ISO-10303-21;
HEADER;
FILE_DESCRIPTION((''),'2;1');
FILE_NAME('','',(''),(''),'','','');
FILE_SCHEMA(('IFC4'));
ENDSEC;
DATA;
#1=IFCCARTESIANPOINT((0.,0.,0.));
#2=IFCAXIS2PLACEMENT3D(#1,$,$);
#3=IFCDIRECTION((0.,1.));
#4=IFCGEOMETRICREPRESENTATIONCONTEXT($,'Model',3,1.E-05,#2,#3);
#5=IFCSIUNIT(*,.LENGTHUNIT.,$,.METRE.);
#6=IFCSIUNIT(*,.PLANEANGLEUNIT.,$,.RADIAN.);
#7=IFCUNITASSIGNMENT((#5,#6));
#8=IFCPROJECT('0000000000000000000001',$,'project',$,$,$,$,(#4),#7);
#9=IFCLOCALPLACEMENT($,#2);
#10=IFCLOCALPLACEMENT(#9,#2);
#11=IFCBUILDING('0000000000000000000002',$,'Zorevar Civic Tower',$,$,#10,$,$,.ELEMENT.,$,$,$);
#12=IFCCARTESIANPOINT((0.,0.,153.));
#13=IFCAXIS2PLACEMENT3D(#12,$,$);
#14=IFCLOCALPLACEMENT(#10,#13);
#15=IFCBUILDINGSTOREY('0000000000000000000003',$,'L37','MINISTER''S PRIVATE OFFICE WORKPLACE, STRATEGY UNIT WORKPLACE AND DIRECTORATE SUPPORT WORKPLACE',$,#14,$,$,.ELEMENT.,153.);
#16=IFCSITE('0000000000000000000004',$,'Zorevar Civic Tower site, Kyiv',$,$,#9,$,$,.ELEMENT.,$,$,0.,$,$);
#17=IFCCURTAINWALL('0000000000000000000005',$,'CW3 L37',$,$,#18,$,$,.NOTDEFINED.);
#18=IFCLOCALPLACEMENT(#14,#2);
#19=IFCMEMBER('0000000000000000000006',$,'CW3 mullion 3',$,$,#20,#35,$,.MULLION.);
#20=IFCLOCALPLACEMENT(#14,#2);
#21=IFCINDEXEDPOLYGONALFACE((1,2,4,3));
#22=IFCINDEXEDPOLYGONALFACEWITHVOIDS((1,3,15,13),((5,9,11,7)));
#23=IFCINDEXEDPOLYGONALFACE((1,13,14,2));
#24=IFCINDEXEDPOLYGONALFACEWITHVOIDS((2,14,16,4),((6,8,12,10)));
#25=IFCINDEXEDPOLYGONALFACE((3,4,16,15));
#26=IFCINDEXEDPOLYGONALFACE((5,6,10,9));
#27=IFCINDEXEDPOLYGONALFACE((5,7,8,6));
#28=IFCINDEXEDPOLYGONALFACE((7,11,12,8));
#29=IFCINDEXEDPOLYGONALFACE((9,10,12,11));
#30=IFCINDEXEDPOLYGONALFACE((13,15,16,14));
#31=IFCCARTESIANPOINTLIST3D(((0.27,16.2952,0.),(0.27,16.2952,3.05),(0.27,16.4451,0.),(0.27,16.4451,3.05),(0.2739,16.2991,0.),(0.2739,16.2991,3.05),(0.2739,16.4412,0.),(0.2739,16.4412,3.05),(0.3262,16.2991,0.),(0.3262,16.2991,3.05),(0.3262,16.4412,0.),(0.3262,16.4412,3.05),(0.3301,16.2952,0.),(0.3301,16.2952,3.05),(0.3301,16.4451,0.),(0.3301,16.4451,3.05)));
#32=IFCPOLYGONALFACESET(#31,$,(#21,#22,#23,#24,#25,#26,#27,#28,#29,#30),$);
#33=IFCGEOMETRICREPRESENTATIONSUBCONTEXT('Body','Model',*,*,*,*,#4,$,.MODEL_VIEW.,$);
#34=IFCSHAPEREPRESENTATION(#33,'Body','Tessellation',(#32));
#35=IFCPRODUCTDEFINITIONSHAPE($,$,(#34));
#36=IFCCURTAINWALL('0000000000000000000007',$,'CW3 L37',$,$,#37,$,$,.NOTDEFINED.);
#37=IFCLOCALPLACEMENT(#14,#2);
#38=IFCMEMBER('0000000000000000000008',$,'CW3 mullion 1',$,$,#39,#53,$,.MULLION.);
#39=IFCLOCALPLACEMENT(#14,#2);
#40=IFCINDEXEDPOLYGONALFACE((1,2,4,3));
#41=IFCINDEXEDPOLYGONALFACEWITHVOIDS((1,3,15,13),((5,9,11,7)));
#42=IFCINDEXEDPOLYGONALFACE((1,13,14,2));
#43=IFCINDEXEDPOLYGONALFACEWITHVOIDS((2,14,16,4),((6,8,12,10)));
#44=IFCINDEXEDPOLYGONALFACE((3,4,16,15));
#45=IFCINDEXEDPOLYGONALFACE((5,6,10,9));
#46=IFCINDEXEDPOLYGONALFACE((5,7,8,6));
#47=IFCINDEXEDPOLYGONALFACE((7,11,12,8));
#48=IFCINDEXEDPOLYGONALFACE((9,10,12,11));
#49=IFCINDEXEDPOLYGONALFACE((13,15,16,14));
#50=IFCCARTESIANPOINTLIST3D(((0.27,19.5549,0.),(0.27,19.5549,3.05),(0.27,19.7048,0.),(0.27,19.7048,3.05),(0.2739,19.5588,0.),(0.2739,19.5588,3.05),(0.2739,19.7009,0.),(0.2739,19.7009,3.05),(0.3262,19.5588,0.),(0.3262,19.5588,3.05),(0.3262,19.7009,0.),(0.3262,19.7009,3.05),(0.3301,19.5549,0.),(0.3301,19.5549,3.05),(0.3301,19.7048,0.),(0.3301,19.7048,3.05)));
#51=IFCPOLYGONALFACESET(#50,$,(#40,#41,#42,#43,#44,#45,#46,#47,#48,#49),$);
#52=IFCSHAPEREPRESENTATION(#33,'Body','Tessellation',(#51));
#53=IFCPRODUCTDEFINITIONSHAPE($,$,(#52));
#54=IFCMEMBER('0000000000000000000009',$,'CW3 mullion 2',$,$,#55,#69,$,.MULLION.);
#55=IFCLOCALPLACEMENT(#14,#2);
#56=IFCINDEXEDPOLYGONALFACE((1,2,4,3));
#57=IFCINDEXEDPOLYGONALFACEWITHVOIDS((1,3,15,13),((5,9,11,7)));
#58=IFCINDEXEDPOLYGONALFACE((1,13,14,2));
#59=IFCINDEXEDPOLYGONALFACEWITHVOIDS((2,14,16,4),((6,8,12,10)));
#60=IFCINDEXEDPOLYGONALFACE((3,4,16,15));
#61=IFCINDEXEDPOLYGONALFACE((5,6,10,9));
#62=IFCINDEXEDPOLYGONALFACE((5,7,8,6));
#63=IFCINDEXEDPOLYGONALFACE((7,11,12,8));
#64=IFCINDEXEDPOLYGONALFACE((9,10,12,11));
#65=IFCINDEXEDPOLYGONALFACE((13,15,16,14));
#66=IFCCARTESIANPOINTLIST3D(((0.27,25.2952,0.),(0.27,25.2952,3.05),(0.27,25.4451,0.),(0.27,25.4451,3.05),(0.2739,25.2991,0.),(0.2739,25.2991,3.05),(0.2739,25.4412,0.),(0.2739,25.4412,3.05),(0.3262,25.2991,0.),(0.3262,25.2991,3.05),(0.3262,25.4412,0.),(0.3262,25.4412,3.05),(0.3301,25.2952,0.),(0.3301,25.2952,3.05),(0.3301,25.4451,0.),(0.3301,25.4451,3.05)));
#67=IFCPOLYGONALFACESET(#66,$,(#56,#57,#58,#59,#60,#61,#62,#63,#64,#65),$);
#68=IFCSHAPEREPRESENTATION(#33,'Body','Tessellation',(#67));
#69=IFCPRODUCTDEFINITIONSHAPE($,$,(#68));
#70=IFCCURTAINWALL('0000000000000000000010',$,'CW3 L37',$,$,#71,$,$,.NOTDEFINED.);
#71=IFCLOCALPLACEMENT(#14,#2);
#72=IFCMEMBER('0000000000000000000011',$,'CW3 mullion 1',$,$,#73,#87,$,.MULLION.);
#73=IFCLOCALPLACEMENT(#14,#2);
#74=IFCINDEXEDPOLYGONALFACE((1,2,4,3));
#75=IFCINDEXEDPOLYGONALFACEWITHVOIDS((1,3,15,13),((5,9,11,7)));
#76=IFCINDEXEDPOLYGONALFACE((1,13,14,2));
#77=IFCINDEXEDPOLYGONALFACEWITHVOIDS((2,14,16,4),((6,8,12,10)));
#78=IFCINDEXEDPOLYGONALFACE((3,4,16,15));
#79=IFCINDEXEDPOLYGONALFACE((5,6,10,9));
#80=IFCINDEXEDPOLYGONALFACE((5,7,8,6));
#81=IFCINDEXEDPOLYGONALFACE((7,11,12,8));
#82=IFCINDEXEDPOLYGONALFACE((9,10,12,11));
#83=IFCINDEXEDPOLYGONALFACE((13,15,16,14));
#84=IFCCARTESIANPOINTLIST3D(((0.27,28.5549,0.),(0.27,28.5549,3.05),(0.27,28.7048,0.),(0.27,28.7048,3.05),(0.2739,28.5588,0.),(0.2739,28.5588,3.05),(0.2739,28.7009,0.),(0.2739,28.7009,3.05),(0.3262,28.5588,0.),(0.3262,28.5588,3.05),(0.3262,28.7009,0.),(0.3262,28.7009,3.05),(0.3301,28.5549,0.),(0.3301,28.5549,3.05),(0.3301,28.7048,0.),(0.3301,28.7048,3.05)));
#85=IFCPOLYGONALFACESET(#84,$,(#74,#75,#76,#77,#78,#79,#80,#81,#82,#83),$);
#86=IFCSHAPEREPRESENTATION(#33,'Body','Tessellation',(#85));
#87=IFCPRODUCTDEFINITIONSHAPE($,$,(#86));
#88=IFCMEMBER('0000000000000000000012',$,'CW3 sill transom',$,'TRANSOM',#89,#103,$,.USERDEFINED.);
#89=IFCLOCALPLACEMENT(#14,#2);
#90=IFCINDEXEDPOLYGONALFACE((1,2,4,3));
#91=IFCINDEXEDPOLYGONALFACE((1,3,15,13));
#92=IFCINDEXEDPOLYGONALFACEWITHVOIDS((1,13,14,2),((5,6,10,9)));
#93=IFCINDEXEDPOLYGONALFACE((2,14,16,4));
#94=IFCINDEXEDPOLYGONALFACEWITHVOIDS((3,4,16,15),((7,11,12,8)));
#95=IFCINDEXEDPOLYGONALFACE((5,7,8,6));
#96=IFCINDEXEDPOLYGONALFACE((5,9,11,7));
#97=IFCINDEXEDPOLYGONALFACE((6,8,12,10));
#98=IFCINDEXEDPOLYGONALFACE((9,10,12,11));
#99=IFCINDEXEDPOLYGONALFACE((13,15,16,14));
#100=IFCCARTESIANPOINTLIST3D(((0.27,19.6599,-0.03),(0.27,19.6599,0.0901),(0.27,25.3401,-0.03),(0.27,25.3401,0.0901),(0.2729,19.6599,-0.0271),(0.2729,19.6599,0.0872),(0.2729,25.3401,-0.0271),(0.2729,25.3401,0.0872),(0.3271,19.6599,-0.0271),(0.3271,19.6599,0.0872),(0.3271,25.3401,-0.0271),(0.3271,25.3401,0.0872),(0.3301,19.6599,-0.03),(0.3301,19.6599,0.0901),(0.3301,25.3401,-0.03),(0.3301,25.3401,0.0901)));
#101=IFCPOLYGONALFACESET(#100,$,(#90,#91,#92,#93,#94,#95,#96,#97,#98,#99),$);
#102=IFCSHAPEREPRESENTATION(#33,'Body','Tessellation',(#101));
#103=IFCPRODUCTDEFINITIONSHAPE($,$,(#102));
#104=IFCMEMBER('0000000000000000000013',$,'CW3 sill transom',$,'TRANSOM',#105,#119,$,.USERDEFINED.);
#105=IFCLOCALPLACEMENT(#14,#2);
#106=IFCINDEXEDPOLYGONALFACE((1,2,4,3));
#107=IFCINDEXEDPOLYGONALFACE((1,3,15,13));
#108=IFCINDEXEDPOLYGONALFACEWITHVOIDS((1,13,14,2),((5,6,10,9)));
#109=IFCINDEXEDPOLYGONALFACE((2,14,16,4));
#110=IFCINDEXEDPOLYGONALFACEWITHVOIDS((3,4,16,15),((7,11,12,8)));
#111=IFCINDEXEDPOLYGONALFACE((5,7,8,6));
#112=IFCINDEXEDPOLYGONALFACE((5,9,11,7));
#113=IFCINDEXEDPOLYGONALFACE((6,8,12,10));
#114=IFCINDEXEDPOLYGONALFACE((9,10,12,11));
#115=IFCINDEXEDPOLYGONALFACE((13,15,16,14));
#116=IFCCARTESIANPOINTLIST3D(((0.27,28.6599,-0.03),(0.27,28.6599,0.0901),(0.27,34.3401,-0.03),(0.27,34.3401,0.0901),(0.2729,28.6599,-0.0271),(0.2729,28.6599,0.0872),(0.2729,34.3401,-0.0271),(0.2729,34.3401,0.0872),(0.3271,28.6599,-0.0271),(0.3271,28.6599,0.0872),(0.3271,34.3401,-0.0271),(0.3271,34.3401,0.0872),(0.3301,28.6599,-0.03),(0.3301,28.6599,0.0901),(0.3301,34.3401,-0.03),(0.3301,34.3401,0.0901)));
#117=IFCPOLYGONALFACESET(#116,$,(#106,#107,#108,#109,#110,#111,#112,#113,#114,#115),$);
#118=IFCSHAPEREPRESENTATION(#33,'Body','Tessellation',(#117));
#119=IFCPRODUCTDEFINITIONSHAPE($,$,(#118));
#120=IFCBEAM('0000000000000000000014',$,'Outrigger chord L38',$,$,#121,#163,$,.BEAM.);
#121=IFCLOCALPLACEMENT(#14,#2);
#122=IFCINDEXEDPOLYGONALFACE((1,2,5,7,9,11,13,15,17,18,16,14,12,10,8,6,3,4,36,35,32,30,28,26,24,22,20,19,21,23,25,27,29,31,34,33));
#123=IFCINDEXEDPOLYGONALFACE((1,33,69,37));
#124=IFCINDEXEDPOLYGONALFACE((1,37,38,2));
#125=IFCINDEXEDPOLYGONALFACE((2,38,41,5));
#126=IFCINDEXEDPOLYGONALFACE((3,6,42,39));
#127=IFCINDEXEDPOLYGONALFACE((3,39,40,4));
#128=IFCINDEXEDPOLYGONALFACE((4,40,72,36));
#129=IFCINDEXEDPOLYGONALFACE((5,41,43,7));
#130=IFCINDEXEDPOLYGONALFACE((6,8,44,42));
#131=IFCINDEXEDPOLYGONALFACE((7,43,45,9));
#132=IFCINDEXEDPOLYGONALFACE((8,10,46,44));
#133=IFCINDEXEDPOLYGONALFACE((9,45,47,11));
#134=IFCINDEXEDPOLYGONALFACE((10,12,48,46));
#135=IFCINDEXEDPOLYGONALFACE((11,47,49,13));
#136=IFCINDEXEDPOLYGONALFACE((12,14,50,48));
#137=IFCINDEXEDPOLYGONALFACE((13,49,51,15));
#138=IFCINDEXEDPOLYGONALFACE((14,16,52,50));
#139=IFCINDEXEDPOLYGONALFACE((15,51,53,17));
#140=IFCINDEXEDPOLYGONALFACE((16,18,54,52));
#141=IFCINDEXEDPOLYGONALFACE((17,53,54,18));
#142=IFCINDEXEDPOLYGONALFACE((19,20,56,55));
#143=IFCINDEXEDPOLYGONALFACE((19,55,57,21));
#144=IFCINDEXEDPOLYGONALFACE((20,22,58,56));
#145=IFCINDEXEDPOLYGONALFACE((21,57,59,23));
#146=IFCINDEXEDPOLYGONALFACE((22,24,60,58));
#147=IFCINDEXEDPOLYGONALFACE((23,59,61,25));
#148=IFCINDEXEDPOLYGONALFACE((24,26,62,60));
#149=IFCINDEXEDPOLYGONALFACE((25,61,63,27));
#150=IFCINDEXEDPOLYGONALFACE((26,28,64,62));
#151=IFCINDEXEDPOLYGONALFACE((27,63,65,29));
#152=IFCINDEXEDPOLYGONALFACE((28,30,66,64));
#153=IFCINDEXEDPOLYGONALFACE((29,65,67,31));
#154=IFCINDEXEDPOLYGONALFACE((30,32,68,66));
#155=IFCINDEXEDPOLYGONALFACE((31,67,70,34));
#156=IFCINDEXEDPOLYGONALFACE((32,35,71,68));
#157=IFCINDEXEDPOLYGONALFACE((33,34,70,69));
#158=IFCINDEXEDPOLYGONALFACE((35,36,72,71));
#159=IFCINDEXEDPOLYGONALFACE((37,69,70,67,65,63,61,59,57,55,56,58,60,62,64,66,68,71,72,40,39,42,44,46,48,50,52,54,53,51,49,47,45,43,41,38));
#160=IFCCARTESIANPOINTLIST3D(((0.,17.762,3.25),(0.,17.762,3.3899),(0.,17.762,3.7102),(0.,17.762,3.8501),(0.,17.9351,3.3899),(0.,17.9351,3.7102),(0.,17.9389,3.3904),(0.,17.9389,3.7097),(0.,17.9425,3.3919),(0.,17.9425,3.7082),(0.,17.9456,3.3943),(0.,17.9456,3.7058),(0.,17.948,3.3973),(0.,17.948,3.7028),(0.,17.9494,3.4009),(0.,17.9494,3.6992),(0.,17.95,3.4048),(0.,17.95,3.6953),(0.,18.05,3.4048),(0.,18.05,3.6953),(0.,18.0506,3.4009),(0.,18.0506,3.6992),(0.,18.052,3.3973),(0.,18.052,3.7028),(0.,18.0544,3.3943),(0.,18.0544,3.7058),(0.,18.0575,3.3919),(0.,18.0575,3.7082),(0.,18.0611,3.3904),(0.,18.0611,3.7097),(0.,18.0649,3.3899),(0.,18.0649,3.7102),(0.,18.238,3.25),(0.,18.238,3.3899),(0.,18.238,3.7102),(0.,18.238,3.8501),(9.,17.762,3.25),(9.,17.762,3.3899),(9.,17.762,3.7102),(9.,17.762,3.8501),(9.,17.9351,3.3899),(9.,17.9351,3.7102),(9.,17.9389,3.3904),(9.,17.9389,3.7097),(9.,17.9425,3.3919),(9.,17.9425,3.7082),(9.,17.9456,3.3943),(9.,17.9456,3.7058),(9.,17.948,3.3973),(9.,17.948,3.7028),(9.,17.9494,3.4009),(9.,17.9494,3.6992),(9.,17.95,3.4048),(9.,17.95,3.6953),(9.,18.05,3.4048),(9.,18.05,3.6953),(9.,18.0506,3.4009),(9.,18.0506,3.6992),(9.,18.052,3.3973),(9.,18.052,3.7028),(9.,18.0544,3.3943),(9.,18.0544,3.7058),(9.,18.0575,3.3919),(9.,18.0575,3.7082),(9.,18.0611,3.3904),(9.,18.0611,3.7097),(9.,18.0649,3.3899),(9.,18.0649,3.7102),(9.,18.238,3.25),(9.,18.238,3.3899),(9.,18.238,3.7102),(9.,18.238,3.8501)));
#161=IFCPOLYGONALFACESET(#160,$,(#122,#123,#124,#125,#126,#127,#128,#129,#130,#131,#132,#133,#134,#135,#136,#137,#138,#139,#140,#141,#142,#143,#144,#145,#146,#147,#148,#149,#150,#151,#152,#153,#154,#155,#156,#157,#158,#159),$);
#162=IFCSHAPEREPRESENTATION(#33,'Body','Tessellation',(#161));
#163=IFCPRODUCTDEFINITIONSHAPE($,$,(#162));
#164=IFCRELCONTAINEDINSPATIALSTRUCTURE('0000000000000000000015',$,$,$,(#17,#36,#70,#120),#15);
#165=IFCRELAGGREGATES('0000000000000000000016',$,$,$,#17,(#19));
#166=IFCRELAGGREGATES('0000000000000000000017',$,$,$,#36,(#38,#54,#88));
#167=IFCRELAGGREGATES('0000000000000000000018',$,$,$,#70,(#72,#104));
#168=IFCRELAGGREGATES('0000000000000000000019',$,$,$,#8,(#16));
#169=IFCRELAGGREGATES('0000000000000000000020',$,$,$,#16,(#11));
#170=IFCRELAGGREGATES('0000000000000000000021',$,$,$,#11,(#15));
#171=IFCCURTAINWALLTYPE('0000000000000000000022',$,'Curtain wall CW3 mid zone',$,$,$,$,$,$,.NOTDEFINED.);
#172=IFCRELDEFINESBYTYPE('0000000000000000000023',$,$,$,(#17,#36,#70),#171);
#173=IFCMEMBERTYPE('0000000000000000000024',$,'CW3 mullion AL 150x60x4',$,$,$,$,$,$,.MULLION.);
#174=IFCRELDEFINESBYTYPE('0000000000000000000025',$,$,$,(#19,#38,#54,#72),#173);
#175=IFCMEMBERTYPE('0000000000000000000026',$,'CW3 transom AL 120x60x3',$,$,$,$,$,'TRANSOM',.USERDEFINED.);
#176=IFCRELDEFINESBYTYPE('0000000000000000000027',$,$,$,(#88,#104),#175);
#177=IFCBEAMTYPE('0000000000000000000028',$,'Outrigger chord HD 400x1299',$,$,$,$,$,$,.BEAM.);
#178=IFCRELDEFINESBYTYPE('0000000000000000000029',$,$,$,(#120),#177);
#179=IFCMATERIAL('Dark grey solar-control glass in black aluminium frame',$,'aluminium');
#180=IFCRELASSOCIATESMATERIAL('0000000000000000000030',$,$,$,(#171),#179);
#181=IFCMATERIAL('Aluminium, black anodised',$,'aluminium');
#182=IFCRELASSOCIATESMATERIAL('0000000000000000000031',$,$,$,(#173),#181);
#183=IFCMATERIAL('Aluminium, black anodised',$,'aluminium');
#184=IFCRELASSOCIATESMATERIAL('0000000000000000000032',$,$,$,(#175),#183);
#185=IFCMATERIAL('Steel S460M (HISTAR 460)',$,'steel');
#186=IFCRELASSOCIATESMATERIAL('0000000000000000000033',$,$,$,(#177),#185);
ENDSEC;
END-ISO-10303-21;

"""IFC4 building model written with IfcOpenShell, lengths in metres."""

from ifc_helpers import new_model, si_unit, direction, frame, origin, origin_2d, place, context, subcontext, project, spatial, hollow_rectangle, i_section, extrude, material, material_profile, profile_set, type_object, element, aggregate, save


model = new_model("IFC4")

# Units and contexts
model_context = context("Model", 3, precision=1e-05, world=origin(), true_north=direction((0.0, 1.0)))
body_context = subcontext(model_context, "Body", "Model", "MODEL_VIEW")
ifc_project = project(units=[si_unit("LENGTHUNIT", "METRE"), si_unit("PLANEANGLEUNIT", "RADIAN")], contexts=[model_context])

# Site, building, storey
site_placement = place(None, origin())
site = spatial("IfcSite", under=ifc_project, at=site_placement, Name="Zorevar Civic Tower site, Kyiv", CompositionType="ELEMENT", RefElevation=0.0)
building_placement = place(site_placement, origin())
building = spatial("IfcBuilding", under=site, at=building_placement, Name="Zorevar Civic Tower", CompositionType="ELEMENT")
storey_placement = place(building_placement, frame((0.0, 0.0, 153.0)))
storey = spatial("IfcBuildingStorey", under=building, at=storey_placement, Name="L37", Description="MINISTER'S PRIVATE OFFICE WORKPLACE, STRATEGY UNIT WORKPLACE AND DIRECTORATE SUPPORT WORKPLACE", CompositionType="ELEMENT", Elevation=153.0)

# Curtain wall, member
ifc_material_1 = material(Name="Dark grey solar-control glass in black aluminium frame", Category="aluminium")
curtain_wall_type = type_object("IfcCurtainWallType", Name="Curtain wall CW3 mid zone", PredefinedType="NOTDEFINED", material=ifc_material_1)
curtain_wall_1_placement = place(storey_placement, origin())
curtain_wall_1 = element("IfcCurtainWall", 1, at=curtain_wall_1_placement, inside=storey, type_object=curtain_wall_type, Name="CW3 L37", PredefinedType="NOTDEFINED")
ifc_material_2 = material(Name="Aluminium, black anodised", Category="aluminium")
ifc_material_profile_1 = material_profile(ifc_material_2, hollow_rectangle(XDim=0.0601, YDim=0.1499, WallThickness=0.0039, at=origin_2d()), Name="AL 150x60x4")
ifc_profile_set_1 = profile_set([ifc_material_profile_1], Name="Aluminium, black anodised")
member_type_1 = type_object("IfcMemberType", Name="CW3 mullion AL 150x60x4", PredefinedType="MULLION", material=ifc_profile_set_1)
member_1_placement = place(storey_placement, frame((0.3, 16.3701, 0.0), z_axis=(0.0, 0.0, 1.0), x_axis=(-1.0, 0.0, 0.0)))
member_1 = element("IfcMember", 2, at=member_1_placement, type_object=member_type_1, Name="CW3 mullion 3", PredefinedType="MULLION", context=body_context, shape_type="SweptSolid", body=[
    extrude(hollow_rectangle(XDim=0.0601, YDim=0.1499, WallThickness=0.0039, at=origin_2d()), origin(), (0.0, 0.0, 1.0), 3.05),
])
aggregate(curtain_wall_1, [member_1])

# Curtain wall, members
curtain_wall_2_placement = place(storey_placement, origin())
curtain_wall_2 = element("IfcCurtainWall", 3, at=curtain_wall_2_placement, inside=storey, type_object=curtain_wall_type, Name="CW3 L37", PredefinedType="NOTDEFINED")
member_2_placement = place(storey_placement, frame((0.3, 19.6299, 0.0), z_axis=(0.0, 0.0, 1.0), x_axis=(-1.0, 0.0, 0.0)))
member_2 = element("IfcMember", 4, at=member_2_placement, type_object=member_type_1, Name="CW3 mullion 1", PredefinedType="MULLION", context=body_context, shape_type="SweptSolid", body=[
    extrude(hollow_rectangle(XDim=0.0601, YDim=0.1499, WallThickness=0.0039, at=origin_2d()), origin(), (0.0, 0.0, 1.0), 3.05),
])
member_3_placement = place(storey_placement, frame((0.3, 25.3701, 0.0), z_axis=(0.0, 0.0, 1.0), x_axis=(-1.0, 0.0, 0.0)))
member_3 = element("IfcMember", 5, at=member_3_placement, type_object=member_type_1, Name="CW3 mullion 2", PredefinedType="MULLION", context=body_context, shape_type="SweptSolid", body=[
    extrude(hollow_rectangle(XDim=0.0601, YDim=0.1499, WallThickness=0.0039, at=origin_2d()), origin(), (0.0, 0.0, 1.0), 3.05),
])

# Curtain wall, member
curtain_wall_3_placement = place(storey_placement, origin())
curtain_wall_3 = element("IfcCurtainWall", 6, at=curtain_wall_3_placement, inside=storey, type_object=curtain_wall_type, Name="CW3 L37", PredefinedType="NOTDEFINED")
member_4_placement = place(storey_placement, frame((0.3, 28.6299, 0.0), z_axis=(0.0, 0.0, 1.0), x_axis=(-1.0, 0.0, 0.0)))
member_4 = element("IfcMember", 7, at=member_4_placement, type_object=member_type_1, Name="CW3 mullion 1", PredefinedType="MULLION", context=body_context, shape_type="SweptSolid", body=[
    extrude(hollow_rectangle(XDim=0.0601, YDim=0.1499, WallThickness=0.0039, at=origin_2d()), origin(), (0.0, 0.0, 1.0), 3.05),
])

# Members
ifc_material_3 = material(Name="Aluminium, black anodised", Category="aluminium")
ifc_material_profile_2 = material_profile(ifc_material_3, hollow_rectangle(XDim=0.0601, YDim=0.1201, WallThickness=0.0029, at=origin_2d()), Name="AL 120x60x3")
ifc_profile_set_2 = profile_set([ifc_material_profile_2], Name="Aluminium, black anodised")
member_type_2 = type_object("IfcMemberType", Name="CW3 transom AL 120x60x3", ElementType="TRANSOM", PredefinedType="USERDEFINED", material=ifc_profile_set_2)
member_5_placement = place(storey_placement, frame((0.3, 19.6599, 0.03), z_axis=(0.0, 1.0, 0.0), x_axis=(-1.0, 0.0, 0.0)))
member_5 = element("IfcMember", 8, at=member_5_placement, type_object=member_type_2, Name="CW3 sill transom", ObjectType="TRANSOM", PredefinedType="USERDEFINED", context=body_context, shape_type="SweptSolid", body=[
    extrude(hollow_rectangle(XDim=0.0601, YDim=0.1201, WallThickness=0.0029, at=origin_2d()), origin(), (0.0, 0.0, 1.0), 5.6802),
])
member_6_placement = place(storey_placement, frame((0.3, 28.6599, 0.03), z_axis=(0.0, 1.0, 0.0), x_axis=(-1.0, 0.0, 0.0)))
member_6 = element("IfcMember", 9, at=member_6_placement, type_object=member_type_2, Name="CW3 sill transom", ObjectType="TRANSOM", PredefinedType="USERDEFINED", context=body_context, shape_type="SweptSolid", body=[
    extrude(hollow_rectangle(XDim=0.0601, YDim=0.1201, WallThickness=0.0029, at=origin_2d()), origin(), (0.0, 0.0, 1.0), 5.6802),
])

# Beam
ifc_material_4 = material(Name="Steel S460M (HISTAR 460)", Category="steel")
ifc_material_profile_3 = material_profile(ifc_material_4, i_section(OverallWidth=0.4761, OverallDepth=0.6001, WebThickness=0.1001, FlangeThickness=0.1399, FilletRadius=0.0149, at=origin_2d()), Name="HD 400x1299")
ifc_profile_set_3 = profile_set([ifc_material_profile_3], Name="Steel S460M (HISTAR 460)")
beam_type_1 = type_object("IfcBeamType", Name="Outrigger chord HD 400x1299", PredefinedType="BEAM", material=ifc_profile_set_3)
beam_1_placement = place(storey_placement, frame((0.0, 18.0, 3.55), z_axis=(1.0, 0.0, 0.0), x_axis=(0.0, 1.0, 0.0)))
element("IfcBeam", 10, at=beam_1_placement, inside=storey, type_object=beam_type_1, Name="Outrigger chord L38", PredefinedType="BEAM", context=body_context, shape_type="SweptSolid", body=[
    extrude(i_section(OverallWidth=0.4761, OverallDepth=0.6001, WebThickness=0.1001, FlangeThickness=0.1399, FilletRadius=0.0149, at=origin_2d()), origin(), (0.0, 0.0, 1.0), 9.0),
])

aggregate(curtain_wall_2, [member_2, member_3, member_5])
aggregate(curtain_wall_3, [member_4, member_6])

save(model, "model.ifc")
